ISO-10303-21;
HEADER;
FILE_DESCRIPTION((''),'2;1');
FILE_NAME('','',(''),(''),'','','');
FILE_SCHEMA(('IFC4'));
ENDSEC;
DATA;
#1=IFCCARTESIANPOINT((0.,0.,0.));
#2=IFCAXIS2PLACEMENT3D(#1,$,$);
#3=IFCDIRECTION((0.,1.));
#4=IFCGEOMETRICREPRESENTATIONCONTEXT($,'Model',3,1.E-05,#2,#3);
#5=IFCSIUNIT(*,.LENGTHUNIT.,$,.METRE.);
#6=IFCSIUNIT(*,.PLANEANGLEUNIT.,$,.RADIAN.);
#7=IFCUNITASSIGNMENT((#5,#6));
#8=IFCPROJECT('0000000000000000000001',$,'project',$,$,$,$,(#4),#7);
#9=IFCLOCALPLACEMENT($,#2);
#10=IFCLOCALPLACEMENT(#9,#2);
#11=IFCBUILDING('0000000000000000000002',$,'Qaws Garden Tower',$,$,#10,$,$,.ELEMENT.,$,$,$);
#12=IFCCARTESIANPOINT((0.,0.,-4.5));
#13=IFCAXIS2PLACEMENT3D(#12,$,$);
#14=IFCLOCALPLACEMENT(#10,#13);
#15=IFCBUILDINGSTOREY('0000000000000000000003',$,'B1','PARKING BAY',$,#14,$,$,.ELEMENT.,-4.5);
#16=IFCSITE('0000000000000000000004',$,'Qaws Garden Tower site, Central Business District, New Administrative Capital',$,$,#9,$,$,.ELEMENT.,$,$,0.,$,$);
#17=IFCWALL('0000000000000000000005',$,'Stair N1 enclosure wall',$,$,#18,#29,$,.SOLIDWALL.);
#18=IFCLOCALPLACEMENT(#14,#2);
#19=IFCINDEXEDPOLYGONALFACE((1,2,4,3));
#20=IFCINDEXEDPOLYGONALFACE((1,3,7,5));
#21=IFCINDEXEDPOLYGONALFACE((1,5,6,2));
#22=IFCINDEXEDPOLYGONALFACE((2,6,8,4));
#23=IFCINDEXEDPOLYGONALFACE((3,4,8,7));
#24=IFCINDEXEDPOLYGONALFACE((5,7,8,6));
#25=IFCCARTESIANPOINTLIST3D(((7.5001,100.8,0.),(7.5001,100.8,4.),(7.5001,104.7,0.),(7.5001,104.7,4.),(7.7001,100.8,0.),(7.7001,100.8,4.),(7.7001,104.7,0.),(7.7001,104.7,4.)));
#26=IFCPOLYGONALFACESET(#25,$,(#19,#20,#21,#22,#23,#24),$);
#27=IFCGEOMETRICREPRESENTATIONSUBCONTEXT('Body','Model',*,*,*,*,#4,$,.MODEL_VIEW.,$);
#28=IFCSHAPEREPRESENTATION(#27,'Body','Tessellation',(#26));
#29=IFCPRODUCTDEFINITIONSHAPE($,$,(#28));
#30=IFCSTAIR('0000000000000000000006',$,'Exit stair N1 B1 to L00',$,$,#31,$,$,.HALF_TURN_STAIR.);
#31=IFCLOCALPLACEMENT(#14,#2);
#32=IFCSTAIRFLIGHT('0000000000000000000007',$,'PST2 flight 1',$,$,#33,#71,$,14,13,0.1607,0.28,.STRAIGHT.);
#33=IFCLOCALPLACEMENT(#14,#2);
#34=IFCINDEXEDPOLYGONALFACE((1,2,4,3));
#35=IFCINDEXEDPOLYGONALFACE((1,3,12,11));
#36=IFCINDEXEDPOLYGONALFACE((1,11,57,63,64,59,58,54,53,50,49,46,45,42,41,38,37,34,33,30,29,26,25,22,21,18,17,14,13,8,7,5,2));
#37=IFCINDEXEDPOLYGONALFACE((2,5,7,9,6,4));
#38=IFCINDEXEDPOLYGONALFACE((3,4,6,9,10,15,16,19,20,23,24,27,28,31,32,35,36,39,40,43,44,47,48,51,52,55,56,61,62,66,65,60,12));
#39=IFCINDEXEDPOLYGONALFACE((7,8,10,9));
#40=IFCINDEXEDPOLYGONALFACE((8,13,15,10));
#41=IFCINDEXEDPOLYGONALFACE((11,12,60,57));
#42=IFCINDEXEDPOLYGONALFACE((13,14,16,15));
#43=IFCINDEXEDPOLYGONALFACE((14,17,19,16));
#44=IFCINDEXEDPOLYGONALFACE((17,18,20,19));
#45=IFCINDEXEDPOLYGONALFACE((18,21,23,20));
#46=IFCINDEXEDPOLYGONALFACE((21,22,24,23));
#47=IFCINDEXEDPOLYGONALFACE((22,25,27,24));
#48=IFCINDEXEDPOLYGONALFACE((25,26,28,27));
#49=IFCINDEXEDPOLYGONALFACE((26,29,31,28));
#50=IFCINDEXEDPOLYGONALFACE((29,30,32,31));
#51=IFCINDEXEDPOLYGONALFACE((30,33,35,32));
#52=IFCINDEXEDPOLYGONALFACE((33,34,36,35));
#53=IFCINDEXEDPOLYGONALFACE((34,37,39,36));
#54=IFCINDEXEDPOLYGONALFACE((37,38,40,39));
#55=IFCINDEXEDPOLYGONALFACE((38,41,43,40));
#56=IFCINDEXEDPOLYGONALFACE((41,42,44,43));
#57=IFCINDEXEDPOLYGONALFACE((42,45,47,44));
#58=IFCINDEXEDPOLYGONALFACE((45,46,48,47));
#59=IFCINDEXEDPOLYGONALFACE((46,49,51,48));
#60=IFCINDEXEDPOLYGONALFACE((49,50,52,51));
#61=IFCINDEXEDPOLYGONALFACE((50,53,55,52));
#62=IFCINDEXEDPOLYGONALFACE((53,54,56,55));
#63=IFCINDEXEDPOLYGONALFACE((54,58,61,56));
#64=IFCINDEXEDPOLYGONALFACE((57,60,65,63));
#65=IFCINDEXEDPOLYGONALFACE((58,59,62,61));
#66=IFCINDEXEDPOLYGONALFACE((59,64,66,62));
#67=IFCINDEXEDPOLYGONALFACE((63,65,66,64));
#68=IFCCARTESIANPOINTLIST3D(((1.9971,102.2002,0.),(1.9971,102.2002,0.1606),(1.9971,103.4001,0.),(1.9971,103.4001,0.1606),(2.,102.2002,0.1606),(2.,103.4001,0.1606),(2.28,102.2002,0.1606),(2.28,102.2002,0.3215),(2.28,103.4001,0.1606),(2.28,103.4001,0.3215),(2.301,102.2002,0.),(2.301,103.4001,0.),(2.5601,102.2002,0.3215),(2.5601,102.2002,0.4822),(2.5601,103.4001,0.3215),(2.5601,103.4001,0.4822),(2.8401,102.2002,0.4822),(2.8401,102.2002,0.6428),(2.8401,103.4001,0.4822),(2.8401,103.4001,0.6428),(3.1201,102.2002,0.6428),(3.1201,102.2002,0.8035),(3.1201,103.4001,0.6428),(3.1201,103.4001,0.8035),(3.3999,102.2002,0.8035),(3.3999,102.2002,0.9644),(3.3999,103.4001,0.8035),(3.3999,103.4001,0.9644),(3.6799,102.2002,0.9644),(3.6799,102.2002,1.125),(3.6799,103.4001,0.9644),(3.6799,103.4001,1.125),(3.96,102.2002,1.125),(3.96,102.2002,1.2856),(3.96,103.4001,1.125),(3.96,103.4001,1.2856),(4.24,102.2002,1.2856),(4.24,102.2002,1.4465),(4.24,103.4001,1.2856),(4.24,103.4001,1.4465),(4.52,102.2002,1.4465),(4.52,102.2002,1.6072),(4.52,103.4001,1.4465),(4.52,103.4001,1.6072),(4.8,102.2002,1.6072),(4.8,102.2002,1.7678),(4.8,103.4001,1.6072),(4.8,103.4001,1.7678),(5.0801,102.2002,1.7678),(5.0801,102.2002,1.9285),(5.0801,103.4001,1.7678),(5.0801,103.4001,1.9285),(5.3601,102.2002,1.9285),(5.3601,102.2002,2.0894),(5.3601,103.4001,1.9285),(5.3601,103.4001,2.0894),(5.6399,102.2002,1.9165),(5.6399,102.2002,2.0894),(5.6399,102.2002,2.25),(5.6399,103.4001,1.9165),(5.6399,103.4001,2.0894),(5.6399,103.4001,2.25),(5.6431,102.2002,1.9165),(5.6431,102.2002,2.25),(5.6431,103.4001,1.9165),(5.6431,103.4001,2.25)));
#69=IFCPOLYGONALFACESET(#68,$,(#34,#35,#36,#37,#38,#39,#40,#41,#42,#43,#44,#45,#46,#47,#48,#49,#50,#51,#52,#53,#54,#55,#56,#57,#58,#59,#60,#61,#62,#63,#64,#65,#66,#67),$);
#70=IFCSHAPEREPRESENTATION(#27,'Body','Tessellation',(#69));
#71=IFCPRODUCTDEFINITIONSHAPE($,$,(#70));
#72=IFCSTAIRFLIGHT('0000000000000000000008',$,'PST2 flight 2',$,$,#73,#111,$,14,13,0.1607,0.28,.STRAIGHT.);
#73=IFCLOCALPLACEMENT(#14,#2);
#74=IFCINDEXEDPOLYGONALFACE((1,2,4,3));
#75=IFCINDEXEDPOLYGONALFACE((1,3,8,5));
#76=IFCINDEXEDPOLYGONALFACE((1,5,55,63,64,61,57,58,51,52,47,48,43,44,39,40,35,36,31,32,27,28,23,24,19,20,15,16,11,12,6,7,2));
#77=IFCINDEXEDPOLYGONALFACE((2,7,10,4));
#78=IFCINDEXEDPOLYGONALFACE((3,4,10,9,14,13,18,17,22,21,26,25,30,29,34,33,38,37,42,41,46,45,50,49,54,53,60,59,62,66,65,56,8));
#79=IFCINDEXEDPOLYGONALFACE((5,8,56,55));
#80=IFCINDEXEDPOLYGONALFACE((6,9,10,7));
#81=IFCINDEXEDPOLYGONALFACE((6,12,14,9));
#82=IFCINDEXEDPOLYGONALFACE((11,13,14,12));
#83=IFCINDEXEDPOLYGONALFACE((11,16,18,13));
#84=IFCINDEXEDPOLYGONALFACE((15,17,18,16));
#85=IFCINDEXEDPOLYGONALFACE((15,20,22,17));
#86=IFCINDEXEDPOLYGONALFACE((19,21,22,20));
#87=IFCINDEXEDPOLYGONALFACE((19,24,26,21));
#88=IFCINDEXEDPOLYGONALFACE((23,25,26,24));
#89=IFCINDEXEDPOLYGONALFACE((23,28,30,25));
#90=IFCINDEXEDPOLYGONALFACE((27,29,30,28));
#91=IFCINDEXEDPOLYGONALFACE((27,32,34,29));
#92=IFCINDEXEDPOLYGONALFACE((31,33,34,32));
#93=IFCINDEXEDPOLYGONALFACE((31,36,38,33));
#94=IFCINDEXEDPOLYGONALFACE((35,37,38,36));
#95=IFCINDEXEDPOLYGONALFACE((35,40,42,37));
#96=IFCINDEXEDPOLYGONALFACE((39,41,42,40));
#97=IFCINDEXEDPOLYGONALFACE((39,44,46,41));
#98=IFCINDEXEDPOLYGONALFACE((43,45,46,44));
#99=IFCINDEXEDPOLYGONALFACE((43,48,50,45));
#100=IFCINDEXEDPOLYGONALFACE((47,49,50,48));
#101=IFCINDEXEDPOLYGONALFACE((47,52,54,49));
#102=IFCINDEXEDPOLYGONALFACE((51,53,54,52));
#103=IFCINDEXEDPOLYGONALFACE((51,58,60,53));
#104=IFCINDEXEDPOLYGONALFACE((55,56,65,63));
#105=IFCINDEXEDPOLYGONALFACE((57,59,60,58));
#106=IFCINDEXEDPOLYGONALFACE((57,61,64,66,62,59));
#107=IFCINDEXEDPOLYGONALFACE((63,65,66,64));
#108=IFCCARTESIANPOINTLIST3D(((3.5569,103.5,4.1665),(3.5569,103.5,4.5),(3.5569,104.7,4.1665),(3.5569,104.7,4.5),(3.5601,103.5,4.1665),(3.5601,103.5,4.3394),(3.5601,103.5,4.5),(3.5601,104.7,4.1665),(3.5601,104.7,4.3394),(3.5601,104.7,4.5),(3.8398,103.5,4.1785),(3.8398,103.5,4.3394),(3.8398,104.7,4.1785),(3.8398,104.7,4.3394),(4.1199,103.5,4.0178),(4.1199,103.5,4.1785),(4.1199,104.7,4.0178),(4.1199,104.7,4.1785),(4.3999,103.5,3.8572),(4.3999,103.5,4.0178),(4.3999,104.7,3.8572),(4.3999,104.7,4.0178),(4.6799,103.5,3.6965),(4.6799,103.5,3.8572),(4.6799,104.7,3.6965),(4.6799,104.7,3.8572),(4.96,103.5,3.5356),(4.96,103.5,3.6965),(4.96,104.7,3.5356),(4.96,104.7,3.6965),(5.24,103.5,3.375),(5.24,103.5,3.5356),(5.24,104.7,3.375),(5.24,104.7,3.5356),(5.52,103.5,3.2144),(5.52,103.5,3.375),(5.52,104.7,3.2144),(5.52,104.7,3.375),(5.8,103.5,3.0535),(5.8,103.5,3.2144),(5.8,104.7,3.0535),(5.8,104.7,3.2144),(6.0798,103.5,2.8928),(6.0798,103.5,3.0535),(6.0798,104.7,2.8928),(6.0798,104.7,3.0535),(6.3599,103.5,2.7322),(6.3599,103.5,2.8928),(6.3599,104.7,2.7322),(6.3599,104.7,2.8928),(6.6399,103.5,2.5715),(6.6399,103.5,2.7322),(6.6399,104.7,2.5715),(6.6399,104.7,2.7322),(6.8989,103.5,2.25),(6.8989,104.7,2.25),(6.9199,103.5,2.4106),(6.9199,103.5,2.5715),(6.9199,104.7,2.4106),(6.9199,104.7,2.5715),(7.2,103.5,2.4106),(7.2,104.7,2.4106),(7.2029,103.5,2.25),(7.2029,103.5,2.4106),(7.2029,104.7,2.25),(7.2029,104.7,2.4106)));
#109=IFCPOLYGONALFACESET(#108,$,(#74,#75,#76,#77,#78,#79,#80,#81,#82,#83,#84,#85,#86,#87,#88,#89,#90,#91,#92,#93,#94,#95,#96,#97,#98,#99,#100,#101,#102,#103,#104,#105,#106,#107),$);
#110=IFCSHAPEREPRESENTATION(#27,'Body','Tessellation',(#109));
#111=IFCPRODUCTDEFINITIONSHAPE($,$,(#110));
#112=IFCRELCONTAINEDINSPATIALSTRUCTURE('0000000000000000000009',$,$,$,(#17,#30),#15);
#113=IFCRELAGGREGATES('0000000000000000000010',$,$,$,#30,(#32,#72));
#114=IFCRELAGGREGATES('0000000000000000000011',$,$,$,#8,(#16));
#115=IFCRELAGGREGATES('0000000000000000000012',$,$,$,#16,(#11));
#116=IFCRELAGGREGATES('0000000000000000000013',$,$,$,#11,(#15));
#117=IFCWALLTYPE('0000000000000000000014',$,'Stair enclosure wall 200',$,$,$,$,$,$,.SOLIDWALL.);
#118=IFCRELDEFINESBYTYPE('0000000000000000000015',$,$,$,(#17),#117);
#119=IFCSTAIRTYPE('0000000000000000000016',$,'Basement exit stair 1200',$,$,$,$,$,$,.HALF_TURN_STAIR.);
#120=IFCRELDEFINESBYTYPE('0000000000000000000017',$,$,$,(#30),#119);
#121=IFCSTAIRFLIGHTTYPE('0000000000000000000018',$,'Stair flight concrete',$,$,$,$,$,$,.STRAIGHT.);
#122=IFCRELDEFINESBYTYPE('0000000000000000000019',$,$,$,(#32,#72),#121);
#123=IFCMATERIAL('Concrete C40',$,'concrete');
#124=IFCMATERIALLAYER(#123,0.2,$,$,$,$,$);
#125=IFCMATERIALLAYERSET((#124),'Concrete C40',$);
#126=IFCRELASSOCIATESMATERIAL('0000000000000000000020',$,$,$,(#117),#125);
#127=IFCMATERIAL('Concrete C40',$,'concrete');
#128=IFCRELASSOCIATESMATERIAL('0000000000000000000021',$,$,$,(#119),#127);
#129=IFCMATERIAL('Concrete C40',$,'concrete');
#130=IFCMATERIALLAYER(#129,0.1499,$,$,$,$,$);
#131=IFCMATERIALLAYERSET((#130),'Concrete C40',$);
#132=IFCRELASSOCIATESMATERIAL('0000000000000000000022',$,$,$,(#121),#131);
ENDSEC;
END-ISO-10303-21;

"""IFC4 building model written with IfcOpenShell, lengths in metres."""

from ifc_helpers import new_model, si_unit, direction, frame, frame_2d, origin, place, context, subcontext, project, spatial, polyline, rectangle, outline, extrude, material, layer, layer_set, type_object, element, aggregate, save


model = new_model("IFC4")

# Units and contexts
model_context = context("Model", 3, precision=1e-05, world=origin(), true_north=direction((0.0, 1.0)))
body_context = subcontext(model_context, "Body", "Model", "MODEL_VIEW")
ifc_project = project(units=[si_unit("LENGTHUNIT", "METRE"), si_unit("PLANEANGLEUNIT", "RADIAN")], contexts=[model_context])

# Site, building, storey
site_placement = place(None, origin())
site = spatial("IfcSite", under=ifc_project, at=site_placement, Name="Qaws Garden Tower site, Central Business District, New Administrative Capital", CompositionType="ELEMENT", RefElevation=0.0)
building_placement = place(site_placement, origin())
building = spatial("IfcBuilding", under=site, at=building_placement, Name="Qaws Garden Tower", CompositionType="ELEMENT")
storey_placement = place(building_placement, frame((0.0, 0.0, -4.5)))
storey = spatial("IfcBuildingStorey", under=building, at=storey_placement, Name="B1", Description="PARKING BAY", CompositionType="ELEMENT", Elevation=-4.5)

# Shared definitions
ifc_material_1 = material(Name="Concrete C40", Category="concrete")
ifc_layer_1 = layer(ifc_material_1, 0.2)
ifc_layer_set_1 = layer_set([ifc_layer_1], Name="Concrete C40")
wall_type_1 = type_object("IfcWallType", Name="Stair enclosure wall 200", PredefinedType="SOLIDWALL", material=ifc_layer_set_1)

# Wall
for number, where, z_axis, x_axis, name in (
    (1, (7.6001, 100.8, 0.0), (0.0, 0.0, 1.0), (0.0, 1.0, 0.0), "Stair N1 enclosure wall"),
):
    element("IfcWall", number, at=place(storey_placement, frame(where, z_axis=z_axis, x_axis=x_axis)), inside=storey, type_object=wall_type_1, Name=name, PredefinedType="SOLIDWALL", context=body_context, shape_type="SweptSolid", body=[
        extrude(rectangle(XDim=3.8999, YDim=0.2, at=frame_2d((1.95, 0.0))), origin(), (0.0, 0.0, 1.0), 4.0),
    ])

# Stair, stair flights
ifc_material_2 = material(Name="Concrete C40", Category="concrete")
stair_type = type_object("IfcStairType", Name="Basement exit stair 1200", PredefinedType="HALF_TURN_STAIR", material=ifc_material_2)
stair_placement = place(storey_placement, origin())
stair = element("IfcStair", 2, at=stair_placement, inside=storey, type_object=stair_type, Name="Exit stair N1 B1 to L00", PredefinedType="HALF_TURN_STAIR")
ifc_material_3 = material(Name="Concrete C40", Category="concrete")
ifc_layer_2 = layer(ifc_material_3, 0.1499)
ifc_layer_set_2 = layer_set([ifc_layer_2], Name="Concrete C40")
stair_flight_type = type_object("IfcStairFlightType", Name="Stair flight concrete", PredefinedType="STRAIGHT", material=ifc_layer_set_2)
stair_flight_1_placement = place(storey_placement, frame((2.0, 102.8, 0.0), z_axis=(0.0, 0.0, 1.0), x_axis=(1.0, 0.0, 0.0)))
stair_flight_1 = element("IfcStairFlight", 3, at=stair_flight_1_placement, type_object=stair_flight_type, Name="PST2 flight 1", NumberOfRisers=14, NumberOfTreads=13, PredefinedType="STRAIGHT", RiserHeight=0.1607, TreadLength=0.28, context=body_context, shape_type="SweptSolid", body=[
    extrude(outline(polyline([(-0.0029, 0.0), (-0.0029, 0.1606), (0.0, 0.1606), (0.28, 0.1606), (0.28, 0.3215), (0.5601, 0.3215), (0.5601, 0.4822), (0.8401, 0.4822), (0.8401, 0.6428), (1.1201, 0.6428), (1.1201, 0.8035), (1.3999, 0.8035), (1.3999, 0.9644), (1.6799, 0.9644), (1.6799, 1.125), (1.96, 1.125), (1.96, 1.2856), (2.24, 1.2856), (2.24, 1.4465), (2.52, 1.4465), (2.52, 1.6072), (2.8, 1.6072), (2.8, 1.7678), (3.0801, 1.7678), (3.0801, 1.9285), (3.3601, 1.9285), (3.3601, 2.0894), (3.6399, 2.0894), (3.6399, 2.25), (3.6431, 2.25), (3.6431, 1.9165), (3.6399, 1.9165), (0.301, 0.0), (-0.0029, 0.0)])), frame((0.0, 0.6001, 0.0), z_axis=(0.0, -1.0, 0.0), x_axis=(1.0, 0.0, 0.0)), (0.0, 0.0, 1.0), 1.2),
])
stair_flight_2_placement = place(storey_placement, frame((7.2, 104.1001, 2.25), z_axis=(0.0, 0.0, 1.0), x_axis=(-1.0, 0.0, 0.0)))
stair_flight_2 = element("IfcStairFlight", 4, at=stair_flight_2_placement, type_object=stair_flight_type, Name="PST2 flight 2", NumberOfRisers=14, NumberOfTreads=13, PredefinedType="STRAIGHT", RiserHeight=0.1607, TreadLength=0.28, context=body_context, shape_type="SweptSolid", body=[
    extrude(outline(polyline([(-0.0029, 0.0), (-0.0029, 0.1606), (0.0, 0.1606), (0.28, 0.1606), (0.28, 0.3215), (0.5601, 0.3215), (0.5601, 0.4822), (0.8401, 0.4822), (0.8401, 0.6428), (1.1201, 0.6428), (1.1201, 0.8035), (1.3999, 0.8035), (1.3999, 0.9644), (1.6799, 0.9644), (1.6799, 1.125), (1.96, 1.125), (1.96, 1.2856), (2.24, 1.2856), (2.24, 1.4465), (2.52, 1.4465), (2.52, 1.6072), (2.8, 1.6072), (2.8, 1.7678), (3.0801, 1.7678), (3.0801, 1.9285), (3.3601, 1.9285), (3.3601, 2.0894), (3.6399, 2.0894), (3.6399, 2.25), (3.6431, 2.25), (3.6431, 1.9165), (3.6399, 1.9165), (0.301, 0.0), (-0.0029, 0.0)])), frame((0.0, 0.6001, 0.0), z_axis=(0.0, -1.0, 0.0), x_axis=(1.0, 0.0, 0.0)), (0.0, 0.0, 1.0), 1.2),
])
aggregate(stair, [stair_flight_1, stair_flight_2])

save(model, "model.ifc")
